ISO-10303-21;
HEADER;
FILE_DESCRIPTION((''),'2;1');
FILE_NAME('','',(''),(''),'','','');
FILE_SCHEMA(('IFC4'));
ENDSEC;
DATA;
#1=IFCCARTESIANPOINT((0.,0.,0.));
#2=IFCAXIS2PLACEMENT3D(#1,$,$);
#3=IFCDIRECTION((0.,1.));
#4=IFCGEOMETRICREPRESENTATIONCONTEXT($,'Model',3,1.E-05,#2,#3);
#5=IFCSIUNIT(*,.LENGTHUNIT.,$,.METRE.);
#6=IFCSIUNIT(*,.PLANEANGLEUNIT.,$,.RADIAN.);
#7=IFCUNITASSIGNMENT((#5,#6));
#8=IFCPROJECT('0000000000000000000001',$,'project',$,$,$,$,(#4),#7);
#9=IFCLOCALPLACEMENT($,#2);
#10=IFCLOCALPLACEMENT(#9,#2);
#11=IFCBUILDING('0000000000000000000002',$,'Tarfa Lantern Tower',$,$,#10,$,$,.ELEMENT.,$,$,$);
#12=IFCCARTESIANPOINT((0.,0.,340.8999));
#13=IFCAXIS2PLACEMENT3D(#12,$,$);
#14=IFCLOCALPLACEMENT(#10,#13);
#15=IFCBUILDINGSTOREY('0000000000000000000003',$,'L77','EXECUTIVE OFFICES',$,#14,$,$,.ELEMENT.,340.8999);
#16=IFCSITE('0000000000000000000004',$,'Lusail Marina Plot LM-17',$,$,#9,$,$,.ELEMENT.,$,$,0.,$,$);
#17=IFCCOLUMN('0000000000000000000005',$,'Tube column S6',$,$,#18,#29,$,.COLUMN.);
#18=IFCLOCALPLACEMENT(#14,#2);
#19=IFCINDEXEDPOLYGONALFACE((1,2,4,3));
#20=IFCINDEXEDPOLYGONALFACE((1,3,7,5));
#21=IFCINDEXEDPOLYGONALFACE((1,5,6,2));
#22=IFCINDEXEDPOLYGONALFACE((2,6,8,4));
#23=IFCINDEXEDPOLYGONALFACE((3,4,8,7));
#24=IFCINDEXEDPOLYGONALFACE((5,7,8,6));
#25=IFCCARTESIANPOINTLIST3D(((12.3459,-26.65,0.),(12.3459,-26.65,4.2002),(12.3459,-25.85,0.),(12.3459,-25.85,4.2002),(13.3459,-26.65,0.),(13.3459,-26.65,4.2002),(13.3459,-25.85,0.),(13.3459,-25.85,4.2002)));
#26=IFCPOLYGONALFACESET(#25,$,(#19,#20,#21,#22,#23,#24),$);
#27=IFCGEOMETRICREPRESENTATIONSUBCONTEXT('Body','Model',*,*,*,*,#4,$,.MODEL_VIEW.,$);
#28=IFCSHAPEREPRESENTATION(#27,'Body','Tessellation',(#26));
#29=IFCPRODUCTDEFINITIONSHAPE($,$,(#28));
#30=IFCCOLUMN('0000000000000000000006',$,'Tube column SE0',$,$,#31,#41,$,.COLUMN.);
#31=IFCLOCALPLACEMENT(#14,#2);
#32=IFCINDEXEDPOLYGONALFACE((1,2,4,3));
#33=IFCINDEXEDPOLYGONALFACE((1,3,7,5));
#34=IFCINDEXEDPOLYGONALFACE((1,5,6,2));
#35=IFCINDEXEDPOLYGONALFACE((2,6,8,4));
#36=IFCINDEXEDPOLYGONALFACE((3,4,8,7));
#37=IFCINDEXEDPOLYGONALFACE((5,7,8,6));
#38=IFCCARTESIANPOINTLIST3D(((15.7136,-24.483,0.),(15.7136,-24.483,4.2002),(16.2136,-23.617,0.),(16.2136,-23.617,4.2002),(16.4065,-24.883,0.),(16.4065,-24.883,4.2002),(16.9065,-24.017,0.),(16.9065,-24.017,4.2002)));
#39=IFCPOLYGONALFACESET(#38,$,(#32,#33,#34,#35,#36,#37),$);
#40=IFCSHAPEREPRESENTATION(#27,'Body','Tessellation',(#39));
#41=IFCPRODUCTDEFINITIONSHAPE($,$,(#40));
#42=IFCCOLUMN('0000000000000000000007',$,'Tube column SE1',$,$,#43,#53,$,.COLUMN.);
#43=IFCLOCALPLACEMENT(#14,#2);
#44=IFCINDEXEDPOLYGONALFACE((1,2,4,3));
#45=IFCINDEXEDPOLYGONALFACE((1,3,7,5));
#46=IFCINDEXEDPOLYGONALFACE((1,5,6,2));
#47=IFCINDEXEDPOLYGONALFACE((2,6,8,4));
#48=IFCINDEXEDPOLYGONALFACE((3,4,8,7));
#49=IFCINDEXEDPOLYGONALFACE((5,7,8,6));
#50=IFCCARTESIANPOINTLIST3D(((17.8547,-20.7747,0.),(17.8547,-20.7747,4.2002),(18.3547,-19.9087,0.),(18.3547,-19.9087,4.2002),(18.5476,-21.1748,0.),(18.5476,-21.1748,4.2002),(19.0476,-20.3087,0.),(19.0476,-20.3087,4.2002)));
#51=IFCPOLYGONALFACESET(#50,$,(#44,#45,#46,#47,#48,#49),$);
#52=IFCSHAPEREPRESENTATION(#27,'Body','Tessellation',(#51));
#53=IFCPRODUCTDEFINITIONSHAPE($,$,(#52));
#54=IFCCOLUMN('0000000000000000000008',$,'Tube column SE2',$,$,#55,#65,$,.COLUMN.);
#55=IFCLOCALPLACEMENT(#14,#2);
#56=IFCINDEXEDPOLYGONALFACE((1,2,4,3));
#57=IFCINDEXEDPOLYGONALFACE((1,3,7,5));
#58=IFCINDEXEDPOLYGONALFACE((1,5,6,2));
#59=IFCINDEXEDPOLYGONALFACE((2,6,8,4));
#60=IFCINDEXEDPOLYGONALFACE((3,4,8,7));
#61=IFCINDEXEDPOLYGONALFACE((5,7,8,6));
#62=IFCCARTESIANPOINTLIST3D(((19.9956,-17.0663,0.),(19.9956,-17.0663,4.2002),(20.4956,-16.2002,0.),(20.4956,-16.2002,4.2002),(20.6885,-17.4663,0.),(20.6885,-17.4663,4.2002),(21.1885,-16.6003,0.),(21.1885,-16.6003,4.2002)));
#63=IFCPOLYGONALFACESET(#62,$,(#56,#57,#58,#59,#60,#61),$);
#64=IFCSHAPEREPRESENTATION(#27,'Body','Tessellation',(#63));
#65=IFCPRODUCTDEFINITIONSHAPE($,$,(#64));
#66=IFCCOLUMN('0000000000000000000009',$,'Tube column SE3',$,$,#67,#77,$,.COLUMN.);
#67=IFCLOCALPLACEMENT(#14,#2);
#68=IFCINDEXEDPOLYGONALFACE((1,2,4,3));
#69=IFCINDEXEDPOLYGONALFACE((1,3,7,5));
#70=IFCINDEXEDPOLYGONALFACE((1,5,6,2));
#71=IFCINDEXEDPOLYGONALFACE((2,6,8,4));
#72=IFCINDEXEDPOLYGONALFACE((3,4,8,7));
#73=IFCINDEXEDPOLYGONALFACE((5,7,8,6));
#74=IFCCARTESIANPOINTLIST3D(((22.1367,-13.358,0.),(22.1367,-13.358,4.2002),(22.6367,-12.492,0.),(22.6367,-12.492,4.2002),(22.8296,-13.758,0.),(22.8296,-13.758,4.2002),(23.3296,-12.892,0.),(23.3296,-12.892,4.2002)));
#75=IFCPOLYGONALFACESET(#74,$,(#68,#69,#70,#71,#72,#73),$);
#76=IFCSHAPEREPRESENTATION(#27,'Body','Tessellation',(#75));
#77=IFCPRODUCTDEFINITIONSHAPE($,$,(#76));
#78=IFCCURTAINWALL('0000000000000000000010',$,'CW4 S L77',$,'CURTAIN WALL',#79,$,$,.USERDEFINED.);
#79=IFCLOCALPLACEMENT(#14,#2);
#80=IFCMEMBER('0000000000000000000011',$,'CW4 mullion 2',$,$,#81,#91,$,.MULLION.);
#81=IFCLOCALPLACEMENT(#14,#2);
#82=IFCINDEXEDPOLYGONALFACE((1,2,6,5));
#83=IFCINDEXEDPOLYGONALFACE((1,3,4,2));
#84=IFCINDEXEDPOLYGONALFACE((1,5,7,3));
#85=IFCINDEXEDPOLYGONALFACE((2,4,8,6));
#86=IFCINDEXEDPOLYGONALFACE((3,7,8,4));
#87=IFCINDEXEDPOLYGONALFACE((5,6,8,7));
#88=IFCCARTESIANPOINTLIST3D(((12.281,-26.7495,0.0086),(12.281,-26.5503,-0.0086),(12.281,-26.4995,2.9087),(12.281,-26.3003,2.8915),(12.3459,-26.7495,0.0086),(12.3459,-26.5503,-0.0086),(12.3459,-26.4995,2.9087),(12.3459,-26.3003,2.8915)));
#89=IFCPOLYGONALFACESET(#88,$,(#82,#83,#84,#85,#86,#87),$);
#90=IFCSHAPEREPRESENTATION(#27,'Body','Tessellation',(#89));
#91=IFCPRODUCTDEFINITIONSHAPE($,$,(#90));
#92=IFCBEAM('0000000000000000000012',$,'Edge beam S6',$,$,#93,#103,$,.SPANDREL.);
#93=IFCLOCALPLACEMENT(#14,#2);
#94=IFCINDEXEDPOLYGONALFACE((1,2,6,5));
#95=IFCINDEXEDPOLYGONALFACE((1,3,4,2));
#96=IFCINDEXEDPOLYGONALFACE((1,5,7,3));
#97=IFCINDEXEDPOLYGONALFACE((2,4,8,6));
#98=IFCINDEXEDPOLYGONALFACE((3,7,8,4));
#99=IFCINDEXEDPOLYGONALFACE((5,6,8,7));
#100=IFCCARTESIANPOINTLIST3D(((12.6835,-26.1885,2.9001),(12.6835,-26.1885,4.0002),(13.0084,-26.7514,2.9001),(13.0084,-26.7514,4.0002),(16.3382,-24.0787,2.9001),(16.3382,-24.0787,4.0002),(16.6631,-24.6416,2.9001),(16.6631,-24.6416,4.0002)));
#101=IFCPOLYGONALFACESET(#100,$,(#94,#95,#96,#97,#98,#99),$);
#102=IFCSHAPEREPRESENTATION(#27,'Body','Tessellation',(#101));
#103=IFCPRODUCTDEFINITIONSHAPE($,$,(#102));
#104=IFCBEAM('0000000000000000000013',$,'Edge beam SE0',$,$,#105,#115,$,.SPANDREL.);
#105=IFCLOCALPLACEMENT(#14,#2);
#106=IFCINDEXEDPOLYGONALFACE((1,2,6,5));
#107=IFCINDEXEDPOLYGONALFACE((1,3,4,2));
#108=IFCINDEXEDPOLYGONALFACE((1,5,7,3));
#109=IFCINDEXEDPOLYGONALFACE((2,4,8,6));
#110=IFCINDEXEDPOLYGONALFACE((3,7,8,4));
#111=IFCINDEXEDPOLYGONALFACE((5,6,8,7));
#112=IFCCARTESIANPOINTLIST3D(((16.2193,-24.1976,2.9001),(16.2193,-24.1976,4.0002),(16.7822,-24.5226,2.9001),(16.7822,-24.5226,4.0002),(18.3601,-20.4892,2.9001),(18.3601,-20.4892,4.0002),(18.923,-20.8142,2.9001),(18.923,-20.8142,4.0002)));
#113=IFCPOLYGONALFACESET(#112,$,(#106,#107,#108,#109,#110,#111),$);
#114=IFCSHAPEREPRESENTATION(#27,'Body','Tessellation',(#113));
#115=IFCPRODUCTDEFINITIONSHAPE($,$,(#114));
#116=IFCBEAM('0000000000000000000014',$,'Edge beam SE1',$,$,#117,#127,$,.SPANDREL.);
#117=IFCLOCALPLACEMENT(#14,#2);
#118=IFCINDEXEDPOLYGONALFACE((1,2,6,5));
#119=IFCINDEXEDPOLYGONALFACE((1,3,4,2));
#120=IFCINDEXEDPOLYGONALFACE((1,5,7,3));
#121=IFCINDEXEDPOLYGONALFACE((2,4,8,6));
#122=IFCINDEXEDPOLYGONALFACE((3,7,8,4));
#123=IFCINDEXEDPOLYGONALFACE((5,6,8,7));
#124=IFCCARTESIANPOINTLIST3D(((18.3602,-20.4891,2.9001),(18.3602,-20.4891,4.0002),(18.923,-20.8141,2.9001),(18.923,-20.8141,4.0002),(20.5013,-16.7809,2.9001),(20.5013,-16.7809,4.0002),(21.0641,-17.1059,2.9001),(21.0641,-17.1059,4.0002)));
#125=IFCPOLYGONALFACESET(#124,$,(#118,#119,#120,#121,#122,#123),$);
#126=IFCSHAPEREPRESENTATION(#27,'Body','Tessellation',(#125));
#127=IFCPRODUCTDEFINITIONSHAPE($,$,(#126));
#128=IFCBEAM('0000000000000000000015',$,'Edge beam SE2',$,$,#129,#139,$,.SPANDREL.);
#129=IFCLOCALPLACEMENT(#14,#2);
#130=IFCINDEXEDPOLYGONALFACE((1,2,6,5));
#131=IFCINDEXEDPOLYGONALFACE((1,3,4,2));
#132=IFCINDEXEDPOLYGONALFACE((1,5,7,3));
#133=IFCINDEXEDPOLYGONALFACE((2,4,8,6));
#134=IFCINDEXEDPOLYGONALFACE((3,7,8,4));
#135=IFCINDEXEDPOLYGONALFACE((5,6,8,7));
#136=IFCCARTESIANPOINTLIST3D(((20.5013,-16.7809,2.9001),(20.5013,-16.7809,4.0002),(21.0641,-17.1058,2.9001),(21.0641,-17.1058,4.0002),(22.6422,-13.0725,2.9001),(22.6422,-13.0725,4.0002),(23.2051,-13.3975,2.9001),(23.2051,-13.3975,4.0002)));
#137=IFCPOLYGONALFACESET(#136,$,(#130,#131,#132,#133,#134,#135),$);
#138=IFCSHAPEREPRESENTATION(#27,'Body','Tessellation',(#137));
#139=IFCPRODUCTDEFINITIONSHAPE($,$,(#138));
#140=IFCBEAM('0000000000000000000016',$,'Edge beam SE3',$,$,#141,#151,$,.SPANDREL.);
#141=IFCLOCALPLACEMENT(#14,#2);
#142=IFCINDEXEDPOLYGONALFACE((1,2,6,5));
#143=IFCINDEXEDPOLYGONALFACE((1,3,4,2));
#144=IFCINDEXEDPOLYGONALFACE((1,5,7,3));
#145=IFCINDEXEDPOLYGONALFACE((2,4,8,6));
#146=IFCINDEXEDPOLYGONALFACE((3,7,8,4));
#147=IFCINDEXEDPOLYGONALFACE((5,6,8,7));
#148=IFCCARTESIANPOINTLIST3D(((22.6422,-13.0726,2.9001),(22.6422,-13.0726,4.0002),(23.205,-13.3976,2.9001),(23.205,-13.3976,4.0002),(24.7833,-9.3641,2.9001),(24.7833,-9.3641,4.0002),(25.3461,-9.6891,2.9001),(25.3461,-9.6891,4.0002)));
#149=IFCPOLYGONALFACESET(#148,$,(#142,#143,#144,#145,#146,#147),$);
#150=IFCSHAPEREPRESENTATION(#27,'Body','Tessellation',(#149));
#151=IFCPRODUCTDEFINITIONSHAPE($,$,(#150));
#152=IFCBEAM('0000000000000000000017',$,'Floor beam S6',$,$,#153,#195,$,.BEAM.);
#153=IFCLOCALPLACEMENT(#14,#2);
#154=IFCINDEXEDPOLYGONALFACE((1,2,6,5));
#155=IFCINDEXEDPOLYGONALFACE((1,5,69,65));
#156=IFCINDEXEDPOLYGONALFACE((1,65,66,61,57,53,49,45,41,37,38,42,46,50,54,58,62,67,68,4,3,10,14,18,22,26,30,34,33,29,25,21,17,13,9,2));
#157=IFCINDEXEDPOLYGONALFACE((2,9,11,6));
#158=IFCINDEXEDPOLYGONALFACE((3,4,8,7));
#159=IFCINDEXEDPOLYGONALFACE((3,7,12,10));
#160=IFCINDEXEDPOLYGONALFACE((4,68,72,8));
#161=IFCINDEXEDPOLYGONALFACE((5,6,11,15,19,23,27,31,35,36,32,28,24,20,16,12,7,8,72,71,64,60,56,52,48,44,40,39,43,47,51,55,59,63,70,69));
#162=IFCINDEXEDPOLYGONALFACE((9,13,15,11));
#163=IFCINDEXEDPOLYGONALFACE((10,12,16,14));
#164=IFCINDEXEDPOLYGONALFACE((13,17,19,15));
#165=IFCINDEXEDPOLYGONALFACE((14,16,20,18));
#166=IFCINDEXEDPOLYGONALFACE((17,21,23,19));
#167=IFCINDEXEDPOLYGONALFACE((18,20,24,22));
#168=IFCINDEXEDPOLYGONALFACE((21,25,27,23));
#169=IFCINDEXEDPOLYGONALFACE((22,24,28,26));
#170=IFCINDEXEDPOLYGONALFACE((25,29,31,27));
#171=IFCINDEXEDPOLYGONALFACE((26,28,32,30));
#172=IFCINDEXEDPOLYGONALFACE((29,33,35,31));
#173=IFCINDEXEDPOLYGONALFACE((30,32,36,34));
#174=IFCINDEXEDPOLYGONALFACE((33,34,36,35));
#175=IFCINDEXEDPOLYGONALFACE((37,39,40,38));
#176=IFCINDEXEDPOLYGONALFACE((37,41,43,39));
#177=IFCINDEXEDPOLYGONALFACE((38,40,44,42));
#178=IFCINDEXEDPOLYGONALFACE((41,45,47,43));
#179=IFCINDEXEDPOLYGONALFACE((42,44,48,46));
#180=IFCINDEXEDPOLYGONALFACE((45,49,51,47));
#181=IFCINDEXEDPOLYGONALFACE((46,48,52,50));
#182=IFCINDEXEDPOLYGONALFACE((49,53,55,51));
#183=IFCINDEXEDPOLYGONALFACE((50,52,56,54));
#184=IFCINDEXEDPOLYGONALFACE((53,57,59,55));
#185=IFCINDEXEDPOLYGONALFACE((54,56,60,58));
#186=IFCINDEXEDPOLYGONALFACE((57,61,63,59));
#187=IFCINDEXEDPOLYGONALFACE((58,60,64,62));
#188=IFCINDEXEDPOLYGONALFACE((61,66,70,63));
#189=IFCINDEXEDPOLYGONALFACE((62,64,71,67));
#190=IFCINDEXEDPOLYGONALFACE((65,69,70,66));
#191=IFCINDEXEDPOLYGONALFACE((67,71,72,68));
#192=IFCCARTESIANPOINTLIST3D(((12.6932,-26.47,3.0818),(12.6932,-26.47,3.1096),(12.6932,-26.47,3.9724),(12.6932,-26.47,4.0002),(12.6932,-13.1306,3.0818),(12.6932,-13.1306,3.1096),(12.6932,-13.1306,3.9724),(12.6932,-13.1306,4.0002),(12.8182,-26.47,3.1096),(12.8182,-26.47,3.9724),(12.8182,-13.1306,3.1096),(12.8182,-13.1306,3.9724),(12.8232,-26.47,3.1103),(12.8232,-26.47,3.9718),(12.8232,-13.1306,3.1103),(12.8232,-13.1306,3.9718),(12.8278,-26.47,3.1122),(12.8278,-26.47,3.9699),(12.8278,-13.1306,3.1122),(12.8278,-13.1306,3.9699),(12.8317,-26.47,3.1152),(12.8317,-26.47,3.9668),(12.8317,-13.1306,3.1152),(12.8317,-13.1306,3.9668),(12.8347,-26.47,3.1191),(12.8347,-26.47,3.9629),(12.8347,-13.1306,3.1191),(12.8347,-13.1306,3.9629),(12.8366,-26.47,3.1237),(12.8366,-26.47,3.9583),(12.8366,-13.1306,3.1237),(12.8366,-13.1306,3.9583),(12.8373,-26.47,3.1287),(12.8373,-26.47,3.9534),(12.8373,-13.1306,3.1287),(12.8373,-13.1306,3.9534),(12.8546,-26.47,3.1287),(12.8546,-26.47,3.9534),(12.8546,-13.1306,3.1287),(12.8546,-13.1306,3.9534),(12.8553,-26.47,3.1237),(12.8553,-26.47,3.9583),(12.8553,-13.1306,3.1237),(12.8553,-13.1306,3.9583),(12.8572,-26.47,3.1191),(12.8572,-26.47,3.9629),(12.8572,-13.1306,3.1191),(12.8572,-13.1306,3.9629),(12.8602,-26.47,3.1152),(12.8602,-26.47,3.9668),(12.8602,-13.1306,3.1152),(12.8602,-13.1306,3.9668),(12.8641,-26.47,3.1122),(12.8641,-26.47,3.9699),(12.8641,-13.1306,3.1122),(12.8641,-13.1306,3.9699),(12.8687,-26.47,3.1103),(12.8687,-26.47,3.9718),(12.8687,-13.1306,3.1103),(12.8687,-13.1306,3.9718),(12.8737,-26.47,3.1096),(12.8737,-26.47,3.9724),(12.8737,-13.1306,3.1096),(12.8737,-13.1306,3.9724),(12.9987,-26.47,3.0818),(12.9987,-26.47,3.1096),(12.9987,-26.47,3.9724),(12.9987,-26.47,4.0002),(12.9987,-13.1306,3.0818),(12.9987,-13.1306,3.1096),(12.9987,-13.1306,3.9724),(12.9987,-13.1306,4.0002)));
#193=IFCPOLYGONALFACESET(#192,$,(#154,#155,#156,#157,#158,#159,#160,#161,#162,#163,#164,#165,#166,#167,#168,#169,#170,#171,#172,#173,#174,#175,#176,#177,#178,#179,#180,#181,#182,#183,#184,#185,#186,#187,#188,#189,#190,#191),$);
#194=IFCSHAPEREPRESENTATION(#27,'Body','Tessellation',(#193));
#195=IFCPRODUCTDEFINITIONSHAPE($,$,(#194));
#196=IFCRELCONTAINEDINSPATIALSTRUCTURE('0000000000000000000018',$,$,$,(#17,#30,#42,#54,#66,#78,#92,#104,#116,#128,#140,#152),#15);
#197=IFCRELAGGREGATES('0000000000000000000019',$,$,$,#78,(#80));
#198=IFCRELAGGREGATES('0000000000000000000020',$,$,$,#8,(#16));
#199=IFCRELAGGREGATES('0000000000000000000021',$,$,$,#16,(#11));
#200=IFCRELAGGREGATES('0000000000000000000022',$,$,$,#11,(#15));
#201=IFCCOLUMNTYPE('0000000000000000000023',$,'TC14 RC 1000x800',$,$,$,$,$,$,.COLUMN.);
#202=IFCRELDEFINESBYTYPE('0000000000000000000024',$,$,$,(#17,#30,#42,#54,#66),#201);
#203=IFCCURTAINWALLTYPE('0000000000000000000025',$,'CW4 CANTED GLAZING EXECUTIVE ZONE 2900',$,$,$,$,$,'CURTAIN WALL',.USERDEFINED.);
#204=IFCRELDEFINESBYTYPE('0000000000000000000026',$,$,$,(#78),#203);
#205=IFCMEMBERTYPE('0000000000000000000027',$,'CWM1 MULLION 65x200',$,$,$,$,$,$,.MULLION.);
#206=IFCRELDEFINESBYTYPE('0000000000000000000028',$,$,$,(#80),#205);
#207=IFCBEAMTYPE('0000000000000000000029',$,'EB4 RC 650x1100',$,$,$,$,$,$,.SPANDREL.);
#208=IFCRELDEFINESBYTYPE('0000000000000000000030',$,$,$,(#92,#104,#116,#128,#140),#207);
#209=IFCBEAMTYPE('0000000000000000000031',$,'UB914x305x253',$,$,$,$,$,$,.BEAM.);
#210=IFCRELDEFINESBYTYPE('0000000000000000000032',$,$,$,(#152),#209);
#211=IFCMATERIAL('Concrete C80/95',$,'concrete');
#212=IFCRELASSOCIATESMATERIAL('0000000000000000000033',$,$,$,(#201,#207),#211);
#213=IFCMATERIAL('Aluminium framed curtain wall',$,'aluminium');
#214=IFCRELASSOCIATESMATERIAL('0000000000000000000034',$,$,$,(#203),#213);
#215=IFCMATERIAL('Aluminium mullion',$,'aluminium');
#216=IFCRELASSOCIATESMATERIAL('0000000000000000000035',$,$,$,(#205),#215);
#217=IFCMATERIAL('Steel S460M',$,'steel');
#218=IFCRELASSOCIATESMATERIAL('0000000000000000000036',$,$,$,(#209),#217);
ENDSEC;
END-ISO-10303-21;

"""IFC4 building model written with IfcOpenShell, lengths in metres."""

from ifc_helpers import new_model, si_unit, direction, frame, origin, origin_2d, place, context, subcontext, project, spatial, rectangle, i_section, extrude, material, material_profile, profile_set, type_object, element, aggregate, save


model = new_model("IFC4")

# Units and contexts
model_context = context("Model", 3, precision=1e-05, world=origin(), true_north=direction((0.0, 1.0)))
body_context = subcontext(model_context, "Body", "Model", "MODEL_VIEW")
ifc_project = project(units=[si_unit("LENGTHUNIT", "METRE"), si_unit("PLANEANGLEUNIT", "RADIAN")], contexts=[model_context])

# Site, building, storey
site_placement = place(None, origin())
site = spatial("IfcSite", under=ifc_project, at=site_placement, Name="Lusail Marina Plot LM-17", CompositionType="ELEMENT", RefElevation=0.0)
building_placement = place(site_placement, origin())
building = spatial("IfcBuilding", under=site, at=building_placement, Name="Tarfa Lantern Tower", CompositionType="ELEMENT")
storey_placement = place(building_placement, frame((0.0, 0.0, 340.8999)))
storey = spatial("IfcBuildingStorey", under=building, at=storey_placement, Name="L77", Description="EXECUTIVE OFFICES", CompositionType="ELEMENT", Elevation=340.8999)

# Columns
ifc_material_1 = material(Name="Concrete C80/95", Category="concrete")
ifc_material_profile_1 = material_profile(ifc_material_1, rectangle(XDim=1.0, YDim=0.8, at=origin_2d()), Name="RC 1000x800")
ifc_profile_set_1 = profile_set([ifc_material_profile_1], Name="Concrete C80/95")
column_type = type_object("IfcColumnType", Name="TC14 RC 1000x800", PredefinedType="COLUMN", material=ifc_profile_set_1)
for number, where, z_axis, x_axis, name in (
    (1, (12.8459, -26.25, 0.0), (0.0, 0.0, 1.0), (1.0, 0.0, 0.0), "Tube column S6"),
    (2, (16.3101, -24.25, 0.0), (0.0, 0.0, 1.0), (0.5, 0.866025, 0.0), "Tube column SE0"),
    (3, (18.4512, -20.5417, 0.0), (0.0, 0.0, 1.0), (0.5, 0.866025, 0.0), "Tube column SE1"),
    (4, (20.592, -16.8333, 0.0), (0.0, 0.0, 1.0), (0.5, 0.866025, 0.0), "Tube column SE2"),
    (5, (22.7332, -13.125, 0.0), (0.0, 0.0, 1.0), (0.5, 0.866025, 0.0), "Tube column SE3"),
):
    element("IfcColumn", number, at=place(storey_placement, frame(where, z_axis=z_axis, x_axis=x_axis)), inside=storey, type_object=column_type, Name=name, PredefinedType="COLUMN", context=body_context, shape_type="SweptSolid", body=[
        extrude(rectangle(XDim=1.0, YDim=0.8, at=origin_2d()), origin(), (0.0, 0.0, 1.0), 4.2002),
    ])

# Curtain wall, member
ifc_material_2 = material(Name="Aluminium framed curtain wall", Category="aluminium")
curtain_wall_type = type_object("IfcCurtainWallType", Name="CW4 CANTED GLAZING EXECUTIVE ZONE 2900", ElementType="CURTAIN WALL", PredefinedType="USERDEFINED", material=ifc_material_2)
curtain_wall_placement = place(storey_placement, origin())
curtain_wall = element("IfcCurtainWall", 6, at=curtain_wall_placement, inside=storey, type_object=curtain_wall_type, Name="CW4 S L77", ObjectType="CURTAIN WALL", PredefinedType="USERDEFINED")
ifc_material_3 = material(Name="Aluminium mullion", Category="aluminium")
ifc_material_profile_2 = material_profile(ifc_material_3, rectangle(XDim=0.0649, YDim=0.2, at=origin_2d()), Name="AL MULLION 65x200")
ifc_profile_set_2 = profile_set([ifc_material_profile_2], Name="Aluminium mullion")
member_type = type_object("IfcMemberType", Name="CWM1 MULLION 65x200", PredefinedType="MULLION", material=ifc_profile_set_2)
member_placement = place(storey_placement, frame((12.3135, -26.6499, 0.0), z_axis=(0.0, 0.085884, 0.996305), x_axis=(-1.0, 0.0, 0.0)))
member = element("IfcMember", 7, at=member_placement, type_object=member_type, Name="CW4 mullion 2", PredefinedType="MULLION", context=body_context, shape_type="SweptSolid", body=[
    extrude(rectangle(XDim=0.0649, YDim=0.2, at=origin_2d()), origin(), (0.0, 0.0, 1.0), 2.9109),
])
aggregate(curtain_wall, [member])

# Beams
ifc_material_profile_3 = material_profile(ifc_material_1, rectangle(XDim=0.6499, YDim=1.1001, at=origin_2d()), Name="RC 650x1100")
ifc_profile_set_3 = profile_set([ifc_material_profile_3], Name="Concrete C80/95")
beam_type_1 = type_object("IfcBeamType", Name="EB4 RC 650x1100", PredefinedType="SPANDREL", material=ifc_profile_set_3)
beam_1_placement = place(storey_placement, frame((12.8459, -26.47, 3.4502), z_axis=(0.866049, 0.499959, 0.0), x_axis=(-0.499959, 0.866049, 0.0)))
element("IfcBeam", 8, at=beam_1_placement, inside=storey, type_object=beam_type_1, Name="Edge beam S6", PredefinedType="SPANDREL", context=body_context, shape_type="SweptSolid", body=[
    extrude(rectangle(XDim=0.6499, YDim=1.1001, at=origin_2d()), origin(), (0.0, 0.0, 1.0), 4.22),
])
for number, where, z_axis, x_axis, name in (
    (9, (16.5007, -24.3601, 3.4502), (0.499959, 0.866049, 0.0), (-0.866049, 0.499959, 0.0), "Edge beam SE0"),
    (10, (18.6416, -20.6516, 3.4502), (0.500027, 0.86601, 0.0), (-0.86601, 0.500027, 0.0), "Edge beam SE1"),
    (11, (20.7827, -16.9434, 3.4502), (0.499984, 0.866035, 0.0), (-0.866035, 0.499984, 0.0), "Edge beam SE2"),
):
    element("IfcBeam", number, at=place(storey_placement, frame(where, z_axis=z_axis, x_axis=x_axis)), inside=storey, type_object=beam_type_1, Name=name, PredefinedType="SPANDREL", context=body_context, shape_type="SweptSolid", body=[
        extrude(rectangle(XDim=0.6499, YDim=1.1001, at=origin_2d()), origin(), (0.0, 0.0, 1.0), 4.282),
    ])
beam_2_placement = place(storey_placement, frame((22.9236, -13.2351, 3.4502), z_axis=(0.500002, 0.866024, 0.0), x_axis=(-0.866024, 0.500002, 0.0)))
element("IfcBeam", 12, at=beam_2_placement, inside=storey, type_object=beam_type_1, Name="Edge beam SE3", PredefinedType="SPANDREL", context=body_context, shape_type="SweptSolid", body=[
    extrude(rectangle(XDim=0.6499, YDim=1.1001, at=origin_2d()), origin(), (0.0, 0.0, 1.0), 4.2822),
])
ifc_material_4 = material(Name="Steel S460M", Category="steel")
ifc_material_profile_4 = material_profile(ifc_material_4, i_section(OverallWidth=0.3054, OverallDepth=0.9185, WebThickness=0.0173, FlangeThickness=0.0278, FilletRadius=0.019, at=origin_2d()), Name="UB914x305x253")
ifc_profile_set_4 = profile_set([ifc_material_profile_4], Name="Steel S460M")
beam_type_2 = type_object("IfcBeamType", Name="UB914x305x253", PredefinedType="BEAM", material=ifc_profile_set_4)
beam_3_placement = place(storey_placement, frame((12.8459, -26.47, 3.541), z_axis=(0.0, 1.0, 0.0), x_axis=(-1.0, 0.0, 0.0)))
element("IfcBeam", 13, at=beam_3_placement, inside=storey, type_object=beam_type_2, Name="Floor beam S6", PredefinedType="BEAM", context=body_context, shape_type="SweptSolid", body=[
    extrude(i_section(OverallWidth=0.3054, OverallDepth=0.9185, WebThickness=0.0173, FlangeThickness=0.0278, FilletRadius=0.019, at=origin_2d()), origin(), (0.0, 0.0, 1.0), 13.3394),
])

save(model, "model.ifc")
